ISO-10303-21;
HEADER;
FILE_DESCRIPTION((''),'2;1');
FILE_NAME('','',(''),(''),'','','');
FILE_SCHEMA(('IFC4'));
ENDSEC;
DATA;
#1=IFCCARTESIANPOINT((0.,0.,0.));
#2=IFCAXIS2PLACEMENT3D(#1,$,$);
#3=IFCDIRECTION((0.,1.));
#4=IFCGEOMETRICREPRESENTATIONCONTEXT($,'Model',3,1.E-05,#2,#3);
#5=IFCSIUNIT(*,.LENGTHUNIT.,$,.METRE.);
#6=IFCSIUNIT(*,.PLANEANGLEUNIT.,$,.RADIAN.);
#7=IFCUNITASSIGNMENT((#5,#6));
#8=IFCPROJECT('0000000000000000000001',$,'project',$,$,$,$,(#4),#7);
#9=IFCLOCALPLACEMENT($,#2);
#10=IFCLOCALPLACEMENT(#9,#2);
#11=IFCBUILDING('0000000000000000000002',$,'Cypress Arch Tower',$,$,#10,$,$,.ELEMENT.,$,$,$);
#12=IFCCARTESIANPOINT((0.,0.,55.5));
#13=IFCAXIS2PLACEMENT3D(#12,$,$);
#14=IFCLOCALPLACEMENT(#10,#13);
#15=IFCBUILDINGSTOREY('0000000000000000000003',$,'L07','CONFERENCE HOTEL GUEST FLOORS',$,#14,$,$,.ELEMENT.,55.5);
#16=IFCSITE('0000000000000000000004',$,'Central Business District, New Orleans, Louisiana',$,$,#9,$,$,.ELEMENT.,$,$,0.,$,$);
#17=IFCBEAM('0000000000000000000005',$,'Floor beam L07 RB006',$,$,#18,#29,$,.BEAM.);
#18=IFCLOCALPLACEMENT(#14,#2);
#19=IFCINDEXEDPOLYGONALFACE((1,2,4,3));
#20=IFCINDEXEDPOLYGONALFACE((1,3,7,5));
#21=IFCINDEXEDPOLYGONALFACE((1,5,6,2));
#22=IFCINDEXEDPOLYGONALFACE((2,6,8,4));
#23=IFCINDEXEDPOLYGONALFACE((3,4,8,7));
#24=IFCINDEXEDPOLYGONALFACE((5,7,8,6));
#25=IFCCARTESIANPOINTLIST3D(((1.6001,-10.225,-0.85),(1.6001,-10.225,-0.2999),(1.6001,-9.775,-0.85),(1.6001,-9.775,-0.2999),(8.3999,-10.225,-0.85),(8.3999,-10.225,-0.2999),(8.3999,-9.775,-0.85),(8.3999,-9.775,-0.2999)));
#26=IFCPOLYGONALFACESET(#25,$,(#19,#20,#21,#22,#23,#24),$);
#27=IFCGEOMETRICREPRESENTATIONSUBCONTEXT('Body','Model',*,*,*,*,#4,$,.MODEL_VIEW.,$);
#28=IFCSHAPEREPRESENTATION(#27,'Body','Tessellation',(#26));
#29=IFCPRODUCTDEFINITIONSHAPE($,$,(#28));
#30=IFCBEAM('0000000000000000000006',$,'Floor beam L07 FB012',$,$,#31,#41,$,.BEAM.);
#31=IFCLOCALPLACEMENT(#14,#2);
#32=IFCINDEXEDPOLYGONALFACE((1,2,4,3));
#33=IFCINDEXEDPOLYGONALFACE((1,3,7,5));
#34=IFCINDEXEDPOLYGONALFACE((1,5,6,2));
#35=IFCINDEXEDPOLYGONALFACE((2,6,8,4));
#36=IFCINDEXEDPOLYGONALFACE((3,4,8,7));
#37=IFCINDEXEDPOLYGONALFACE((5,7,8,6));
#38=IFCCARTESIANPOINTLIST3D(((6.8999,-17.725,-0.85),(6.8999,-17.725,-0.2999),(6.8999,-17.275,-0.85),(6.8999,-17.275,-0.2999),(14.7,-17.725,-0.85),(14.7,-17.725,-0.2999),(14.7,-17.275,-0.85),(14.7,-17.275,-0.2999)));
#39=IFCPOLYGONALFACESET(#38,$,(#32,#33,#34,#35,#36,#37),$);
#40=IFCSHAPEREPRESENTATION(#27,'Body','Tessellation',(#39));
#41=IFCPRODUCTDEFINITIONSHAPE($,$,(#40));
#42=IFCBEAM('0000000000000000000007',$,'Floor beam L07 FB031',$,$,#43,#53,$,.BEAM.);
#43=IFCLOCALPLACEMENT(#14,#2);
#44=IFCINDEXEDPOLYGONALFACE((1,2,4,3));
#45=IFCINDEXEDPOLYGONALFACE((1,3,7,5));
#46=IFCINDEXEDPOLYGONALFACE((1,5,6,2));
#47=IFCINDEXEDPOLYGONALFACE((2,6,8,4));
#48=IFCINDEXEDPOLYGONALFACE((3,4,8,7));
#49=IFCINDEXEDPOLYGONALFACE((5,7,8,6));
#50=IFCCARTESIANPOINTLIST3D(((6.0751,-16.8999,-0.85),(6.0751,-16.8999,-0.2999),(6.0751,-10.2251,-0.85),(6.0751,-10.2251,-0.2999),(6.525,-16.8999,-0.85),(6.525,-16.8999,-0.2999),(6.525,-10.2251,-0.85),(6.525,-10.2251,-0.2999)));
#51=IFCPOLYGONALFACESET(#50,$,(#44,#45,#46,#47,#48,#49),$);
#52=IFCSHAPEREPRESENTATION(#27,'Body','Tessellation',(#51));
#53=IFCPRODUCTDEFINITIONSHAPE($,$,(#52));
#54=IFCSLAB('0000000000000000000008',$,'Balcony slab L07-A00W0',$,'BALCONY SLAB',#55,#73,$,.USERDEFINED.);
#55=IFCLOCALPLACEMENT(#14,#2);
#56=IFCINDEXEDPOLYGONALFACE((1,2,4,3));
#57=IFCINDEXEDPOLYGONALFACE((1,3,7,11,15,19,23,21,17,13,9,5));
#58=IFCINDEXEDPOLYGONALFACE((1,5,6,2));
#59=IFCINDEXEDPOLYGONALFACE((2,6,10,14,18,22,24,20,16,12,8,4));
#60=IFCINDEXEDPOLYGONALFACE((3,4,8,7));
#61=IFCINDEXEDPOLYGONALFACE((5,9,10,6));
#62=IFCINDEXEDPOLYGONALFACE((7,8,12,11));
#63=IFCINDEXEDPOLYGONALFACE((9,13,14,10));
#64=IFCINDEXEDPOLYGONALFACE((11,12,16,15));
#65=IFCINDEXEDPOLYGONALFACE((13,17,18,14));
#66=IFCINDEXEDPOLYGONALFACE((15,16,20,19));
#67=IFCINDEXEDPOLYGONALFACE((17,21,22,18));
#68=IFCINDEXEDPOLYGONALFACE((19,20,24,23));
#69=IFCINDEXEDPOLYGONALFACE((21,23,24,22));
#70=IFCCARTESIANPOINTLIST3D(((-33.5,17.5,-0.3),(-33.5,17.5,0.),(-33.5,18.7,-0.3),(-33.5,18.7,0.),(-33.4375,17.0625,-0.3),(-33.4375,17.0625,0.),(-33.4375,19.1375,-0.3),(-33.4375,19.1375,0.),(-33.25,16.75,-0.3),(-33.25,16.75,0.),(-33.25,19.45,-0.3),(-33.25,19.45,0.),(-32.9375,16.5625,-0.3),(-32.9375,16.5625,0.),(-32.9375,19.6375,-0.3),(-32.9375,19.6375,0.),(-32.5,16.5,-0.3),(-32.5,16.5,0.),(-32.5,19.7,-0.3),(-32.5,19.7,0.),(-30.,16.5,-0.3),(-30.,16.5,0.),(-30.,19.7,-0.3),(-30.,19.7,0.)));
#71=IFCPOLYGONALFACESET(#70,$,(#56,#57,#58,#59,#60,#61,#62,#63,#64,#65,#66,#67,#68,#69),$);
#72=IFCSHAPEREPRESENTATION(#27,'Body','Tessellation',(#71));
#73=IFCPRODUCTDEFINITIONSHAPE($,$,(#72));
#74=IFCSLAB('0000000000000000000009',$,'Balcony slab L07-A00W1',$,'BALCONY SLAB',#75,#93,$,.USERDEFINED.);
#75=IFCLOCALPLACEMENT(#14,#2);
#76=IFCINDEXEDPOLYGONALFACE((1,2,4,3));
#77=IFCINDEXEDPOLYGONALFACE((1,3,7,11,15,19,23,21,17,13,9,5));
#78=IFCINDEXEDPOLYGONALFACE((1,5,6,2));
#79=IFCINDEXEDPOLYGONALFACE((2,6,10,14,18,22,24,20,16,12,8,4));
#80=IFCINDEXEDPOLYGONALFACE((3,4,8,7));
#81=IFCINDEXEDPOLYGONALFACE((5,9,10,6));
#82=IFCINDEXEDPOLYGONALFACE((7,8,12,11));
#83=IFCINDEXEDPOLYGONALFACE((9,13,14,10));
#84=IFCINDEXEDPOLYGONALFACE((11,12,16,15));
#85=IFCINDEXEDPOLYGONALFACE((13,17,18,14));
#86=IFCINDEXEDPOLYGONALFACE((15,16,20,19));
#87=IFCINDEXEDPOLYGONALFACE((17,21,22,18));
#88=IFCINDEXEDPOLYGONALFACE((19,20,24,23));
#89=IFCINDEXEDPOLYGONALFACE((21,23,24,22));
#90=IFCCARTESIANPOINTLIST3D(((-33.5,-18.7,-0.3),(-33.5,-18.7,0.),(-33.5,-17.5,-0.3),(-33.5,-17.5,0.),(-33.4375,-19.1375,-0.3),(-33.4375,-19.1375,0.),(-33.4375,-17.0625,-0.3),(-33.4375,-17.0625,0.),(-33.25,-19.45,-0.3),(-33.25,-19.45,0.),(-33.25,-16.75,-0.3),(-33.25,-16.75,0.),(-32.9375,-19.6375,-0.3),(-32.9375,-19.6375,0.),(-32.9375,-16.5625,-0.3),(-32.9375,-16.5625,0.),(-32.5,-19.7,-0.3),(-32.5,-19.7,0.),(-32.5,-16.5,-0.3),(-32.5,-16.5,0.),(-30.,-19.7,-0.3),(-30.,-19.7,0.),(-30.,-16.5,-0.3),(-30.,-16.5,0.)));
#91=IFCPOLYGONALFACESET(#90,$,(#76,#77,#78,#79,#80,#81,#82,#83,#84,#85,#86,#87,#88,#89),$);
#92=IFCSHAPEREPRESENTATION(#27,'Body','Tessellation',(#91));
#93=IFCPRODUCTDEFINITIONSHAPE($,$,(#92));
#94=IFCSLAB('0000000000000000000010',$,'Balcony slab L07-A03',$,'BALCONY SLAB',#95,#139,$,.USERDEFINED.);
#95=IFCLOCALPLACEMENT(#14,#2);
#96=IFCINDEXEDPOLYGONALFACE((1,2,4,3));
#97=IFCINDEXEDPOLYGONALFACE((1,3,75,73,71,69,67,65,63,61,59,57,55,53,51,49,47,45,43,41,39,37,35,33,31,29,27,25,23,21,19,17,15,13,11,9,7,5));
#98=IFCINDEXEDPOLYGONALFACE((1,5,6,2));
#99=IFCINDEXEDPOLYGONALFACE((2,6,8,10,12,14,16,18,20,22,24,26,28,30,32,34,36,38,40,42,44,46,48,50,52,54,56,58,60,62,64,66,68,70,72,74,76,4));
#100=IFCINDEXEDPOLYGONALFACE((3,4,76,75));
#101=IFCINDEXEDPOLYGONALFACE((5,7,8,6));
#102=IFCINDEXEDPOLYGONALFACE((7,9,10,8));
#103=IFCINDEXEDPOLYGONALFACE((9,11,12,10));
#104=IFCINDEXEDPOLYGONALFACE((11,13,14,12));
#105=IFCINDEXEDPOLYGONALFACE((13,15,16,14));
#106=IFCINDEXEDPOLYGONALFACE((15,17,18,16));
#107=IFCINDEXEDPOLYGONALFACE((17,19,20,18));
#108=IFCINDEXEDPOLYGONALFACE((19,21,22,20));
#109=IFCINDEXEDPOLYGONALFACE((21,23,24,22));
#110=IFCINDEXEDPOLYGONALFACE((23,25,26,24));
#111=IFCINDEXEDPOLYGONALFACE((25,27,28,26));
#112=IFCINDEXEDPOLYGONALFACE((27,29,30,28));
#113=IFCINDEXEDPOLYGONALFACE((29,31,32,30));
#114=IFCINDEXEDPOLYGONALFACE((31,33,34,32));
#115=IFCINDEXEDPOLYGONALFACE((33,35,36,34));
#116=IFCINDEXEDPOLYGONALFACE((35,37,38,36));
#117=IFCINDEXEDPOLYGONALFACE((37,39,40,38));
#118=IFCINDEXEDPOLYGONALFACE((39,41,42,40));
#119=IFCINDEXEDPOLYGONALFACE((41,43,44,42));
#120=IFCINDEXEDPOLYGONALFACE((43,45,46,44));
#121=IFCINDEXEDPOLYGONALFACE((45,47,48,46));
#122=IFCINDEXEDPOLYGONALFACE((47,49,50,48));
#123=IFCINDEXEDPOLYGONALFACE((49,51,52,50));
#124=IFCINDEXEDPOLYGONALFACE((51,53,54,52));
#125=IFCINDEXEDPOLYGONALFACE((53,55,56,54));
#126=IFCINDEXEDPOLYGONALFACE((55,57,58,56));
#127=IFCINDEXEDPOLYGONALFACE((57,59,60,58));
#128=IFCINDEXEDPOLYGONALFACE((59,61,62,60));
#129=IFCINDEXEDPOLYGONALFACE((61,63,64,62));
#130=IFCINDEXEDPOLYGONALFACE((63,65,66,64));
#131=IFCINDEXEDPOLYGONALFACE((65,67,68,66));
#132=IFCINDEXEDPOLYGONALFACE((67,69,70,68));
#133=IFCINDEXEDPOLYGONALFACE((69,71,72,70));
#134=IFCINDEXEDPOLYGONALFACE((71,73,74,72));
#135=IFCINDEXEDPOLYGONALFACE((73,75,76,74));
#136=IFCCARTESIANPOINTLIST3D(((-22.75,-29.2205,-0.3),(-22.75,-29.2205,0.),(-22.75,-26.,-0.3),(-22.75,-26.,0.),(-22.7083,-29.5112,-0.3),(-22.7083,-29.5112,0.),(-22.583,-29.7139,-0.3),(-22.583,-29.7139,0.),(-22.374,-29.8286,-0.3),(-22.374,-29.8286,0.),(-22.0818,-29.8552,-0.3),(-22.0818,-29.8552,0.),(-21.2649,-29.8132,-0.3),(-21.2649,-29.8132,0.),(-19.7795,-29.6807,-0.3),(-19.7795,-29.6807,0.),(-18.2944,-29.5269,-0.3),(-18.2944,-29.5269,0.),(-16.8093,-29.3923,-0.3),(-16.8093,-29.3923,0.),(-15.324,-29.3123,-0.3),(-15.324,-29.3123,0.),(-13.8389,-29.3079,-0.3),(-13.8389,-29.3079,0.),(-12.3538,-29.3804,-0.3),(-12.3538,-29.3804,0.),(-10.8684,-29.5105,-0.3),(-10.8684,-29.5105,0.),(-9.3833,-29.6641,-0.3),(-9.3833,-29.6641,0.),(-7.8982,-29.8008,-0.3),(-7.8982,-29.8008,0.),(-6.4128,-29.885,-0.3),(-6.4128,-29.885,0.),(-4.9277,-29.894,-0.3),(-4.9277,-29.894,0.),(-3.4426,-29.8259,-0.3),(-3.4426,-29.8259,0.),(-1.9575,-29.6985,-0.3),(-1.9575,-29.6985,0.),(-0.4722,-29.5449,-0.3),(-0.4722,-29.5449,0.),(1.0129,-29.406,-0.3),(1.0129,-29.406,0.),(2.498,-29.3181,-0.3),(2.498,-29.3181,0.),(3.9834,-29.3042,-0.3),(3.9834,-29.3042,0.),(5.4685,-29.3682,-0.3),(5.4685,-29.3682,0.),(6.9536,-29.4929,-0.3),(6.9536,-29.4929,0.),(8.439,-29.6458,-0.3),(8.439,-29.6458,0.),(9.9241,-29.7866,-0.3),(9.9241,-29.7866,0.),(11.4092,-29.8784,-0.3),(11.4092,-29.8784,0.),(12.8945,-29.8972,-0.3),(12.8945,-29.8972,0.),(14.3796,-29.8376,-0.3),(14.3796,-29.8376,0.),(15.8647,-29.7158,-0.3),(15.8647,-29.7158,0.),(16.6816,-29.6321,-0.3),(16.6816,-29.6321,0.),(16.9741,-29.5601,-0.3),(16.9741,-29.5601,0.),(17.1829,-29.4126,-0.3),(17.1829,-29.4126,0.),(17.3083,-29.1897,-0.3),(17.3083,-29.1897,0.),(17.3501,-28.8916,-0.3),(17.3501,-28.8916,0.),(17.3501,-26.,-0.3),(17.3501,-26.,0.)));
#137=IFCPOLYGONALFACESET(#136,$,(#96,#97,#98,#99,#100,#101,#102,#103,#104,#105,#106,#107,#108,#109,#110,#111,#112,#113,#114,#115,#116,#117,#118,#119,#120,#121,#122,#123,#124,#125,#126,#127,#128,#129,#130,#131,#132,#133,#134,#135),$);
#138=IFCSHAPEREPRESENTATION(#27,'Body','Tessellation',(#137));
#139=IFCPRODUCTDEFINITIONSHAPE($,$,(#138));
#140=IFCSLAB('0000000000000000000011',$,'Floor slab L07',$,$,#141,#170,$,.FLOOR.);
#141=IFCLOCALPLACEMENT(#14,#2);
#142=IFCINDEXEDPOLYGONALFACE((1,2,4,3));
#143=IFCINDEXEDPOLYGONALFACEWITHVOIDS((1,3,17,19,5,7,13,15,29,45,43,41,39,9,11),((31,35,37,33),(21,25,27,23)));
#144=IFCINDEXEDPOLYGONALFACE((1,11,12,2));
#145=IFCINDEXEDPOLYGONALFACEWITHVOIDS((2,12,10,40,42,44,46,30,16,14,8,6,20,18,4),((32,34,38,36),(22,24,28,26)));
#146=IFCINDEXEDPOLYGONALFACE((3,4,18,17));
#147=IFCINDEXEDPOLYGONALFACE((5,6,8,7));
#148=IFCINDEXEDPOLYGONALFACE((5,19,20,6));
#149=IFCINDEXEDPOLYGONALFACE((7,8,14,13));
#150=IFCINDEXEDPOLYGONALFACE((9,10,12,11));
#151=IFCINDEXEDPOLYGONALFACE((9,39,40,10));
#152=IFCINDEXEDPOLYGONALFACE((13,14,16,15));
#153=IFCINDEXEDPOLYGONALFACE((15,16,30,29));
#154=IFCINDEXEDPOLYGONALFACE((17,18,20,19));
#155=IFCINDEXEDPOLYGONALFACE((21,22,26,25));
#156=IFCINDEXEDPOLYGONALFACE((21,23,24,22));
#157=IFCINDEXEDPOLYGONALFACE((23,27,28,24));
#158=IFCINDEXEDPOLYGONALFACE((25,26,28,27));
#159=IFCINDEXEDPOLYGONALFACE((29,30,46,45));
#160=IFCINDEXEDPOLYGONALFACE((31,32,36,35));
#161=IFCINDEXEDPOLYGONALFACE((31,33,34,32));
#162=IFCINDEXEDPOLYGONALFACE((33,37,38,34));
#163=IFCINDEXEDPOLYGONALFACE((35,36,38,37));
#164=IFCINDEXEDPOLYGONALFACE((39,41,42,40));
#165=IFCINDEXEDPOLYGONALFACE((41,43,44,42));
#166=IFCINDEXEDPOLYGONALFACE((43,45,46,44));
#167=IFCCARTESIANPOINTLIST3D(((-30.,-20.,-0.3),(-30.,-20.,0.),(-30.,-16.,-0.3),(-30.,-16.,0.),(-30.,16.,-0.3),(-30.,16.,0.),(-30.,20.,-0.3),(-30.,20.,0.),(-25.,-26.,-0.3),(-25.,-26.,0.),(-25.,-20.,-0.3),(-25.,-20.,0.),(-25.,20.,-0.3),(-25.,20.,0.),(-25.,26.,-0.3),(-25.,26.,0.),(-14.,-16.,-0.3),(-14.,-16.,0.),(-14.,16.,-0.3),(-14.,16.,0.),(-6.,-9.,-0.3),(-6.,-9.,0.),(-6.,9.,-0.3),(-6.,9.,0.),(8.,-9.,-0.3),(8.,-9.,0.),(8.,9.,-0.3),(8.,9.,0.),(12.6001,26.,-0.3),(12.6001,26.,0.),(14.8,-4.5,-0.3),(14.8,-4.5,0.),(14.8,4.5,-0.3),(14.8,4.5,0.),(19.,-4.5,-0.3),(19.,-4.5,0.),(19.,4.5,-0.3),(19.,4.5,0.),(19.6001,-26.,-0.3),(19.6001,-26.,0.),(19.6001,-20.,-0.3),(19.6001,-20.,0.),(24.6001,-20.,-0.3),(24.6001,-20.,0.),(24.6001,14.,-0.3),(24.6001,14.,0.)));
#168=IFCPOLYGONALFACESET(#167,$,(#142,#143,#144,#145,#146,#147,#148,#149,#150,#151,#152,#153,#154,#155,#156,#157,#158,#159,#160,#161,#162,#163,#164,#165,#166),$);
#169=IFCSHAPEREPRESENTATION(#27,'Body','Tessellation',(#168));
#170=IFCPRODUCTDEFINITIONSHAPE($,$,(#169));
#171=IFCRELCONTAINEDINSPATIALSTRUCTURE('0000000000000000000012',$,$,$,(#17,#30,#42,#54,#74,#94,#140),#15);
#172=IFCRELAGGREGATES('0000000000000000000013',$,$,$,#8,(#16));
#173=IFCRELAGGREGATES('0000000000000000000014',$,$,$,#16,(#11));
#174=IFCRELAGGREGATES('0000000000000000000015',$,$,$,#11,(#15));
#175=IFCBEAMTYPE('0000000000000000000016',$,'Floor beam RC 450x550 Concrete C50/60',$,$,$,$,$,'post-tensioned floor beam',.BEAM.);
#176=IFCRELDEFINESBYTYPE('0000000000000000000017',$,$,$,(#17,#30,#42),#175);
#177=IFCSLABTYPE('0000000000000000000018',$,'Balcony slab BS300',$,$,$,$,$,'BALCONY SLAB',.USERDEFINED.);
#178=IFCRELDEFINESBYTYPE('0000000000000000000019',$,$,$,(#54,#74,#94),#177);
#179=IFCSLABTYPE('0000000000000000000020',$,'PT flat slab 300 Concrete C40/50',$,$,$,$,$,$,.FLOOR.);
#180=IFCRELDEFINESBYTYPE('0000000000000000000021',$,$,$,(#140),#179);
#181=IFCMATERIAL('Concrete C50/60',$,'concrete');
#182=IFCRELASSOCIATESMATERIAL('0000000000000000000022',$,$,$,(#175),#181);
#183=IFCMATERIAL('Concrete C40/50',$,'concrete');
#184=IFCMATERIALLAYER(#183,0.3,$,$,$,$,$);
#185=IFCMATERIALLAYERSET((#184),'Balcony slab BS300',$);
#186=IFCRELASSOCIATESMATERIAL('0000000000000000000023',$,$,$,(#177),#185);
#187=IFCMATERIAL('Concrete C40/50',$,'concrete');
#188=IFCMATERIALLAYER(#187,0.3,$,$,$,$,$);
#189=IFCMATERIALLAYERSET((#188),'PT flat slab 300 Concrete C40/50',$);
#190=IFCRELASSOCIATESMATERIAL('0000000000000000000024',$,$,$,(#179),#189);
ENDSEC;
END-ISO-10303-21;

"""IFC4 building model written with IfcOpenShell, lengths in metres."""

from ifc_helpers import new_model, si_unit, direction, frame, origin, origin_2d, place, context, subcontext, project, spatial, polyline, rectangle, outline, extrude, material, layer, layer_set, material_profile, profile_set, type_object, element, save


model = new_model("IFC4")

# Units and contexts
model_context = context("Model", 3, precision=1e-05, world=origin(), true_north=direction((0.0, 1.0)))
body_context = subcontext(model_context, "Body", "Model", "MODEL_VIEW")
ifc_project = project(units=[si_unit("LENGTHUNIT", "METRE"), si_unit("PLANEANGLEUNIT", "RADIAN")], contexts=[model_context])

# Site, building, storey
site_placement = place(None, origin())
site = spatial("IfcSite", under=ifc_project, at=site_placement, Name="Central Business District, New Orleans, Louisiana", CompositionType="ELEMENT", RefElevation=0.0)
building_placement = place(site_placement, origin())
building = spatial("IfcBuilding", under=site, at=building_placement, Name="Cypress Arch Tower", CompositionType="ELEMENT")
storey_placement = place(building_placement, frame((0.0, 0.0, 55.5)))
storey = spatial("IfcBuildingStorey", under=building, at=storey_placement, Name="L07", Description="CONFERENCE HOTEL GUEST FLOORS", CompositionType="ELEMENT", Elevation=55.5)

# Beams
ifc_material_1 = material(Name="Concrete C50/60", Category="concrete")
ifc_material_profile_1 = material_profile(ifc_material_1, rectangle(XDim=0.45, YDim=0.55, at=origin_2d()), Name="RC 450x550")
ifc_profile_set_1 = profile_set([ifc_material_profile_1], Name="Concrete C50/60")
beam_type_1 = type_object("IfcBeamType", Name="Floor beam RC 450x550 Concrete C50/60", ElementType="post-tensioned floor beam", PredefinedType="BEAM", material=ifc_profile_set_1)
beam_1_placement = place(storey_placement, frame((1.6001, -10.0, -0.575), z_axis=(1.0, 0.0, 0.0), x_axis=(0.0, 1.0, 0.0)))
element("IfcBeam", 1, at=beam_1_placement, inside=storey, type_object=beam_type_1, Name="Floor beam L07 RB006", PredefinedType="BEAM", context=body_context, shape_type="SweptSolid", body=[
    extrude(rectangle(XDim=0.45, YDim=0.55, at=origin_2d()), origin(), (0.0, 0.0, 1.0), 6.7998),
])
beam_2_placement = place(storey_placement, frame((6.8999, -17.5, -0.575), z_axis=(1.0, 0.0, 0.0), x_axis=(0.0, 1.0, 0.0)))
element("IfcBeam", 2, at=beam_2_placement, inside=storey, type_object=beam_type_1, Name="Floor beam L07 FB012", PredefinedType="BEAM", context=body_context, shape_type="SweptSolid", body=[
    extrude(rectangle(XDim=0.45, YDim=0.55, at=origin_2d()), origin(), (0.0, 0.0, 1.0), 7.8),
])
beam_3_placement = place(storey_placement, frame((6.3, -16.8999, -0.575), z_axis=(0.0, 1.0, 0.0), x_axis=(-1.0, 0.0, 0.0)))
element("IfcBeam", 3, at=beam_3_placement, inside=storey, type_object=beam_type_1, Name="Floor beam L07 FB031", PredefinedType="BEAM", context=body_context, shape_type="SweptSolid", body=[
    extrude(rectangle(XDim=0.45, YDim=0.55, at=origin_2d()), origin(), (0.0, 0.0, 1.0), 6.6748),
])

# Slabs
ifc_material_2 = material(Name="Concrete C40/50", Category="concrete")
ifc_layer_1 = layer(ifc_material_2, 0.3)
ifc_layer_set_1 = layer_set([ifc_layer_1], Name="Balcony slab BS300")
slab_type_1 = type_object("IfcSlabType", Name="Balcony slab BS300", ElementType="BALCONY SLAB", PredefinedType="USERDEFINED", material=ifc_layer_set_1)
slab_1_placement = place(storey_placement, frame((0.0, 0.0, -0.3)))
element("IfcSlab", 4, at=slab_1_placement, inside=storey, type_object=slab_type_1, Name="Balcony slab L07-A00W0", ObjectType="BALCONY SLAB", PredefinedType="USERDEFINED", context=body_context, shape_type="SweptSolid", body=[
    extrude(outline(polyline([(-30.0, 19.7), (-32.5, 19.7), (-32.9375, 19.6375), (-33.25, 19.45), (-33.4375, 19.1375), (-33.5, 18.7), (-33.5, 17.5), (-33.4375, 17.0625), (-33.25, 16.75), (-32.9375, 16.5625), (-32.5, 16.5), (-30.0, 16.5), (-30.0, 19.7)])), origin(), (0.0, 0.0, 1.0), 0.3),
])
slab_2_placement = place(storey_placement, frame((0.0, 0.0, -0.3)))
element("IfcSlab", 5, at=slab_2_placement, inside=storey, type_object=slab_type_1, Name="Balcony slab L07-A00W1", ObjectType="BALCONY SLAB", PredefinedType="USERDEFINED", context=body_context, shape_type="SweptSolid", body=[
    extrude(outline(polyline([(-30.0, -16.5), (-32.5, -16.5), (-32.9375, -16.5625), (-33.25, -16.75), (-33.4375, -17.0625), (-33.5, -17.5), (-33.5, -18.7), (-33.4375, -19.1375), (-33.25, -19.45), (-32.9375, -19.6375), (-32.5, -19.7), (-30.0, -19.7), (-30.0, -16.5)])), origin(), (0.0, 0.0, 1.0), 0.3),
])
slab_3_placement = place(storey_placement, frame((0.0, 0.0, -0.3)))
element("IfcSlab", 6, at=slab_3_placement, inside=storey, type_object=slab_type_1, Name="Balcony slab L07-A03", ObjectType="BALCONY SLAB", PredefinedType="USERDEFINED", context=body_context, shape_type="SweptSolid", body=[
    extrude(outline(polyline([(-22.75, -26.0), (-22.75, -29.2205), (-22.7083, -29.5112), (-22.583, -29.7139), (-22.374, -29.8286), (-22.0818, -29.8552), (-21.2649, -29.8132), (-19.7795, -29.6807), (-18.2944, -29.5269), (-16.8093, -29.3923), (-15.324, -29.3123), (-13.8389, -29.3079), (-12.3538, -29.3804), (-10.8684, -29.5105), (-9.3833, -29.6641), (-7.8982, -29.8008), (-6.4128, -29.885), (-4.9277, -29.894), (-3.4426, -29.8259), (-1.9575, -29.6985), (-0.4722, -29.5449), (1.0129, -29.406), (2.498, -29.3181), (3.9834, -29.3042), (5.4685, -29.3682), (6.9536, -29.4929), (8.439, -29.6458), (9.9241, -29.7866), (11.4092, -29.8784), (12.8945, -29.8972), (14.3796, -29.8376), (15.8647, -29.7158), (16.6816, -29.6321), (16.9741, -29.5601), (17.1829, -29.4126), (17.3083, -29.1897), (17.3501, -28.8916), (17.3501, -26.0), (-22.75, -26.0)])), origin(), (0.0, 0.0, 1.0), 0.3),
])
ifc_material_3 = material(Name="Concrete C40/50", Category="concrete")
ifc_layer_2 = layer(ifc_material_3, 0.3)
ifc_layer_set_2 = layer_set([ifc_layer_2], Name="PT flat slab 300 Concrete C40/50")
slab_type_2 = type_object("IfcSlabType", Name="PT flat slab 300 Concrete C40/50", PredefinedType="FLOOR", material=ifc_layer_set_2)
slab_4_placement = place(storey_placement, frame((0.0, 0.0, -0.3)))
element("IfcSlab", 7, at=slab_4_placement, inside=storey, type_object=slab_type_2, Name="Floor slab L07", PredefinedType="FLOOR", context=body_context, shape_type="SweptSolid", body=[
    extrude(outline(polyline([(-30.0, 20.0), (-25.0, 20.0), (-25.0, 26.0), (12.6001, 26.0), (24.6001, 14.0), (24.6001, -20.0), (19.6001, -20.0), (19.6001, -26.0), (-25.0, -26.0), (-25.0, -20.0), (-30.0, -20.0), (-30.0, -16.0), (-14.0, -16.0), (-14.0, 16.0), (-30.0, 16.0), (-30.0, 20.0)]), holes=[polyline([(-6.0, -9.0), (8.0, -9.0), (8.0, 9.0), (-6.0, 9.0), (-6.0, -9.0)]), polyline([(14.8, -4.5), (19.0, -4.5), (19.0, 4.5), (14.8, 4.5), (14.8, -4.5)])]), origin(), (0.0, 0.0, 1.0), 0.3),
])

save(model, "model.ifc")
